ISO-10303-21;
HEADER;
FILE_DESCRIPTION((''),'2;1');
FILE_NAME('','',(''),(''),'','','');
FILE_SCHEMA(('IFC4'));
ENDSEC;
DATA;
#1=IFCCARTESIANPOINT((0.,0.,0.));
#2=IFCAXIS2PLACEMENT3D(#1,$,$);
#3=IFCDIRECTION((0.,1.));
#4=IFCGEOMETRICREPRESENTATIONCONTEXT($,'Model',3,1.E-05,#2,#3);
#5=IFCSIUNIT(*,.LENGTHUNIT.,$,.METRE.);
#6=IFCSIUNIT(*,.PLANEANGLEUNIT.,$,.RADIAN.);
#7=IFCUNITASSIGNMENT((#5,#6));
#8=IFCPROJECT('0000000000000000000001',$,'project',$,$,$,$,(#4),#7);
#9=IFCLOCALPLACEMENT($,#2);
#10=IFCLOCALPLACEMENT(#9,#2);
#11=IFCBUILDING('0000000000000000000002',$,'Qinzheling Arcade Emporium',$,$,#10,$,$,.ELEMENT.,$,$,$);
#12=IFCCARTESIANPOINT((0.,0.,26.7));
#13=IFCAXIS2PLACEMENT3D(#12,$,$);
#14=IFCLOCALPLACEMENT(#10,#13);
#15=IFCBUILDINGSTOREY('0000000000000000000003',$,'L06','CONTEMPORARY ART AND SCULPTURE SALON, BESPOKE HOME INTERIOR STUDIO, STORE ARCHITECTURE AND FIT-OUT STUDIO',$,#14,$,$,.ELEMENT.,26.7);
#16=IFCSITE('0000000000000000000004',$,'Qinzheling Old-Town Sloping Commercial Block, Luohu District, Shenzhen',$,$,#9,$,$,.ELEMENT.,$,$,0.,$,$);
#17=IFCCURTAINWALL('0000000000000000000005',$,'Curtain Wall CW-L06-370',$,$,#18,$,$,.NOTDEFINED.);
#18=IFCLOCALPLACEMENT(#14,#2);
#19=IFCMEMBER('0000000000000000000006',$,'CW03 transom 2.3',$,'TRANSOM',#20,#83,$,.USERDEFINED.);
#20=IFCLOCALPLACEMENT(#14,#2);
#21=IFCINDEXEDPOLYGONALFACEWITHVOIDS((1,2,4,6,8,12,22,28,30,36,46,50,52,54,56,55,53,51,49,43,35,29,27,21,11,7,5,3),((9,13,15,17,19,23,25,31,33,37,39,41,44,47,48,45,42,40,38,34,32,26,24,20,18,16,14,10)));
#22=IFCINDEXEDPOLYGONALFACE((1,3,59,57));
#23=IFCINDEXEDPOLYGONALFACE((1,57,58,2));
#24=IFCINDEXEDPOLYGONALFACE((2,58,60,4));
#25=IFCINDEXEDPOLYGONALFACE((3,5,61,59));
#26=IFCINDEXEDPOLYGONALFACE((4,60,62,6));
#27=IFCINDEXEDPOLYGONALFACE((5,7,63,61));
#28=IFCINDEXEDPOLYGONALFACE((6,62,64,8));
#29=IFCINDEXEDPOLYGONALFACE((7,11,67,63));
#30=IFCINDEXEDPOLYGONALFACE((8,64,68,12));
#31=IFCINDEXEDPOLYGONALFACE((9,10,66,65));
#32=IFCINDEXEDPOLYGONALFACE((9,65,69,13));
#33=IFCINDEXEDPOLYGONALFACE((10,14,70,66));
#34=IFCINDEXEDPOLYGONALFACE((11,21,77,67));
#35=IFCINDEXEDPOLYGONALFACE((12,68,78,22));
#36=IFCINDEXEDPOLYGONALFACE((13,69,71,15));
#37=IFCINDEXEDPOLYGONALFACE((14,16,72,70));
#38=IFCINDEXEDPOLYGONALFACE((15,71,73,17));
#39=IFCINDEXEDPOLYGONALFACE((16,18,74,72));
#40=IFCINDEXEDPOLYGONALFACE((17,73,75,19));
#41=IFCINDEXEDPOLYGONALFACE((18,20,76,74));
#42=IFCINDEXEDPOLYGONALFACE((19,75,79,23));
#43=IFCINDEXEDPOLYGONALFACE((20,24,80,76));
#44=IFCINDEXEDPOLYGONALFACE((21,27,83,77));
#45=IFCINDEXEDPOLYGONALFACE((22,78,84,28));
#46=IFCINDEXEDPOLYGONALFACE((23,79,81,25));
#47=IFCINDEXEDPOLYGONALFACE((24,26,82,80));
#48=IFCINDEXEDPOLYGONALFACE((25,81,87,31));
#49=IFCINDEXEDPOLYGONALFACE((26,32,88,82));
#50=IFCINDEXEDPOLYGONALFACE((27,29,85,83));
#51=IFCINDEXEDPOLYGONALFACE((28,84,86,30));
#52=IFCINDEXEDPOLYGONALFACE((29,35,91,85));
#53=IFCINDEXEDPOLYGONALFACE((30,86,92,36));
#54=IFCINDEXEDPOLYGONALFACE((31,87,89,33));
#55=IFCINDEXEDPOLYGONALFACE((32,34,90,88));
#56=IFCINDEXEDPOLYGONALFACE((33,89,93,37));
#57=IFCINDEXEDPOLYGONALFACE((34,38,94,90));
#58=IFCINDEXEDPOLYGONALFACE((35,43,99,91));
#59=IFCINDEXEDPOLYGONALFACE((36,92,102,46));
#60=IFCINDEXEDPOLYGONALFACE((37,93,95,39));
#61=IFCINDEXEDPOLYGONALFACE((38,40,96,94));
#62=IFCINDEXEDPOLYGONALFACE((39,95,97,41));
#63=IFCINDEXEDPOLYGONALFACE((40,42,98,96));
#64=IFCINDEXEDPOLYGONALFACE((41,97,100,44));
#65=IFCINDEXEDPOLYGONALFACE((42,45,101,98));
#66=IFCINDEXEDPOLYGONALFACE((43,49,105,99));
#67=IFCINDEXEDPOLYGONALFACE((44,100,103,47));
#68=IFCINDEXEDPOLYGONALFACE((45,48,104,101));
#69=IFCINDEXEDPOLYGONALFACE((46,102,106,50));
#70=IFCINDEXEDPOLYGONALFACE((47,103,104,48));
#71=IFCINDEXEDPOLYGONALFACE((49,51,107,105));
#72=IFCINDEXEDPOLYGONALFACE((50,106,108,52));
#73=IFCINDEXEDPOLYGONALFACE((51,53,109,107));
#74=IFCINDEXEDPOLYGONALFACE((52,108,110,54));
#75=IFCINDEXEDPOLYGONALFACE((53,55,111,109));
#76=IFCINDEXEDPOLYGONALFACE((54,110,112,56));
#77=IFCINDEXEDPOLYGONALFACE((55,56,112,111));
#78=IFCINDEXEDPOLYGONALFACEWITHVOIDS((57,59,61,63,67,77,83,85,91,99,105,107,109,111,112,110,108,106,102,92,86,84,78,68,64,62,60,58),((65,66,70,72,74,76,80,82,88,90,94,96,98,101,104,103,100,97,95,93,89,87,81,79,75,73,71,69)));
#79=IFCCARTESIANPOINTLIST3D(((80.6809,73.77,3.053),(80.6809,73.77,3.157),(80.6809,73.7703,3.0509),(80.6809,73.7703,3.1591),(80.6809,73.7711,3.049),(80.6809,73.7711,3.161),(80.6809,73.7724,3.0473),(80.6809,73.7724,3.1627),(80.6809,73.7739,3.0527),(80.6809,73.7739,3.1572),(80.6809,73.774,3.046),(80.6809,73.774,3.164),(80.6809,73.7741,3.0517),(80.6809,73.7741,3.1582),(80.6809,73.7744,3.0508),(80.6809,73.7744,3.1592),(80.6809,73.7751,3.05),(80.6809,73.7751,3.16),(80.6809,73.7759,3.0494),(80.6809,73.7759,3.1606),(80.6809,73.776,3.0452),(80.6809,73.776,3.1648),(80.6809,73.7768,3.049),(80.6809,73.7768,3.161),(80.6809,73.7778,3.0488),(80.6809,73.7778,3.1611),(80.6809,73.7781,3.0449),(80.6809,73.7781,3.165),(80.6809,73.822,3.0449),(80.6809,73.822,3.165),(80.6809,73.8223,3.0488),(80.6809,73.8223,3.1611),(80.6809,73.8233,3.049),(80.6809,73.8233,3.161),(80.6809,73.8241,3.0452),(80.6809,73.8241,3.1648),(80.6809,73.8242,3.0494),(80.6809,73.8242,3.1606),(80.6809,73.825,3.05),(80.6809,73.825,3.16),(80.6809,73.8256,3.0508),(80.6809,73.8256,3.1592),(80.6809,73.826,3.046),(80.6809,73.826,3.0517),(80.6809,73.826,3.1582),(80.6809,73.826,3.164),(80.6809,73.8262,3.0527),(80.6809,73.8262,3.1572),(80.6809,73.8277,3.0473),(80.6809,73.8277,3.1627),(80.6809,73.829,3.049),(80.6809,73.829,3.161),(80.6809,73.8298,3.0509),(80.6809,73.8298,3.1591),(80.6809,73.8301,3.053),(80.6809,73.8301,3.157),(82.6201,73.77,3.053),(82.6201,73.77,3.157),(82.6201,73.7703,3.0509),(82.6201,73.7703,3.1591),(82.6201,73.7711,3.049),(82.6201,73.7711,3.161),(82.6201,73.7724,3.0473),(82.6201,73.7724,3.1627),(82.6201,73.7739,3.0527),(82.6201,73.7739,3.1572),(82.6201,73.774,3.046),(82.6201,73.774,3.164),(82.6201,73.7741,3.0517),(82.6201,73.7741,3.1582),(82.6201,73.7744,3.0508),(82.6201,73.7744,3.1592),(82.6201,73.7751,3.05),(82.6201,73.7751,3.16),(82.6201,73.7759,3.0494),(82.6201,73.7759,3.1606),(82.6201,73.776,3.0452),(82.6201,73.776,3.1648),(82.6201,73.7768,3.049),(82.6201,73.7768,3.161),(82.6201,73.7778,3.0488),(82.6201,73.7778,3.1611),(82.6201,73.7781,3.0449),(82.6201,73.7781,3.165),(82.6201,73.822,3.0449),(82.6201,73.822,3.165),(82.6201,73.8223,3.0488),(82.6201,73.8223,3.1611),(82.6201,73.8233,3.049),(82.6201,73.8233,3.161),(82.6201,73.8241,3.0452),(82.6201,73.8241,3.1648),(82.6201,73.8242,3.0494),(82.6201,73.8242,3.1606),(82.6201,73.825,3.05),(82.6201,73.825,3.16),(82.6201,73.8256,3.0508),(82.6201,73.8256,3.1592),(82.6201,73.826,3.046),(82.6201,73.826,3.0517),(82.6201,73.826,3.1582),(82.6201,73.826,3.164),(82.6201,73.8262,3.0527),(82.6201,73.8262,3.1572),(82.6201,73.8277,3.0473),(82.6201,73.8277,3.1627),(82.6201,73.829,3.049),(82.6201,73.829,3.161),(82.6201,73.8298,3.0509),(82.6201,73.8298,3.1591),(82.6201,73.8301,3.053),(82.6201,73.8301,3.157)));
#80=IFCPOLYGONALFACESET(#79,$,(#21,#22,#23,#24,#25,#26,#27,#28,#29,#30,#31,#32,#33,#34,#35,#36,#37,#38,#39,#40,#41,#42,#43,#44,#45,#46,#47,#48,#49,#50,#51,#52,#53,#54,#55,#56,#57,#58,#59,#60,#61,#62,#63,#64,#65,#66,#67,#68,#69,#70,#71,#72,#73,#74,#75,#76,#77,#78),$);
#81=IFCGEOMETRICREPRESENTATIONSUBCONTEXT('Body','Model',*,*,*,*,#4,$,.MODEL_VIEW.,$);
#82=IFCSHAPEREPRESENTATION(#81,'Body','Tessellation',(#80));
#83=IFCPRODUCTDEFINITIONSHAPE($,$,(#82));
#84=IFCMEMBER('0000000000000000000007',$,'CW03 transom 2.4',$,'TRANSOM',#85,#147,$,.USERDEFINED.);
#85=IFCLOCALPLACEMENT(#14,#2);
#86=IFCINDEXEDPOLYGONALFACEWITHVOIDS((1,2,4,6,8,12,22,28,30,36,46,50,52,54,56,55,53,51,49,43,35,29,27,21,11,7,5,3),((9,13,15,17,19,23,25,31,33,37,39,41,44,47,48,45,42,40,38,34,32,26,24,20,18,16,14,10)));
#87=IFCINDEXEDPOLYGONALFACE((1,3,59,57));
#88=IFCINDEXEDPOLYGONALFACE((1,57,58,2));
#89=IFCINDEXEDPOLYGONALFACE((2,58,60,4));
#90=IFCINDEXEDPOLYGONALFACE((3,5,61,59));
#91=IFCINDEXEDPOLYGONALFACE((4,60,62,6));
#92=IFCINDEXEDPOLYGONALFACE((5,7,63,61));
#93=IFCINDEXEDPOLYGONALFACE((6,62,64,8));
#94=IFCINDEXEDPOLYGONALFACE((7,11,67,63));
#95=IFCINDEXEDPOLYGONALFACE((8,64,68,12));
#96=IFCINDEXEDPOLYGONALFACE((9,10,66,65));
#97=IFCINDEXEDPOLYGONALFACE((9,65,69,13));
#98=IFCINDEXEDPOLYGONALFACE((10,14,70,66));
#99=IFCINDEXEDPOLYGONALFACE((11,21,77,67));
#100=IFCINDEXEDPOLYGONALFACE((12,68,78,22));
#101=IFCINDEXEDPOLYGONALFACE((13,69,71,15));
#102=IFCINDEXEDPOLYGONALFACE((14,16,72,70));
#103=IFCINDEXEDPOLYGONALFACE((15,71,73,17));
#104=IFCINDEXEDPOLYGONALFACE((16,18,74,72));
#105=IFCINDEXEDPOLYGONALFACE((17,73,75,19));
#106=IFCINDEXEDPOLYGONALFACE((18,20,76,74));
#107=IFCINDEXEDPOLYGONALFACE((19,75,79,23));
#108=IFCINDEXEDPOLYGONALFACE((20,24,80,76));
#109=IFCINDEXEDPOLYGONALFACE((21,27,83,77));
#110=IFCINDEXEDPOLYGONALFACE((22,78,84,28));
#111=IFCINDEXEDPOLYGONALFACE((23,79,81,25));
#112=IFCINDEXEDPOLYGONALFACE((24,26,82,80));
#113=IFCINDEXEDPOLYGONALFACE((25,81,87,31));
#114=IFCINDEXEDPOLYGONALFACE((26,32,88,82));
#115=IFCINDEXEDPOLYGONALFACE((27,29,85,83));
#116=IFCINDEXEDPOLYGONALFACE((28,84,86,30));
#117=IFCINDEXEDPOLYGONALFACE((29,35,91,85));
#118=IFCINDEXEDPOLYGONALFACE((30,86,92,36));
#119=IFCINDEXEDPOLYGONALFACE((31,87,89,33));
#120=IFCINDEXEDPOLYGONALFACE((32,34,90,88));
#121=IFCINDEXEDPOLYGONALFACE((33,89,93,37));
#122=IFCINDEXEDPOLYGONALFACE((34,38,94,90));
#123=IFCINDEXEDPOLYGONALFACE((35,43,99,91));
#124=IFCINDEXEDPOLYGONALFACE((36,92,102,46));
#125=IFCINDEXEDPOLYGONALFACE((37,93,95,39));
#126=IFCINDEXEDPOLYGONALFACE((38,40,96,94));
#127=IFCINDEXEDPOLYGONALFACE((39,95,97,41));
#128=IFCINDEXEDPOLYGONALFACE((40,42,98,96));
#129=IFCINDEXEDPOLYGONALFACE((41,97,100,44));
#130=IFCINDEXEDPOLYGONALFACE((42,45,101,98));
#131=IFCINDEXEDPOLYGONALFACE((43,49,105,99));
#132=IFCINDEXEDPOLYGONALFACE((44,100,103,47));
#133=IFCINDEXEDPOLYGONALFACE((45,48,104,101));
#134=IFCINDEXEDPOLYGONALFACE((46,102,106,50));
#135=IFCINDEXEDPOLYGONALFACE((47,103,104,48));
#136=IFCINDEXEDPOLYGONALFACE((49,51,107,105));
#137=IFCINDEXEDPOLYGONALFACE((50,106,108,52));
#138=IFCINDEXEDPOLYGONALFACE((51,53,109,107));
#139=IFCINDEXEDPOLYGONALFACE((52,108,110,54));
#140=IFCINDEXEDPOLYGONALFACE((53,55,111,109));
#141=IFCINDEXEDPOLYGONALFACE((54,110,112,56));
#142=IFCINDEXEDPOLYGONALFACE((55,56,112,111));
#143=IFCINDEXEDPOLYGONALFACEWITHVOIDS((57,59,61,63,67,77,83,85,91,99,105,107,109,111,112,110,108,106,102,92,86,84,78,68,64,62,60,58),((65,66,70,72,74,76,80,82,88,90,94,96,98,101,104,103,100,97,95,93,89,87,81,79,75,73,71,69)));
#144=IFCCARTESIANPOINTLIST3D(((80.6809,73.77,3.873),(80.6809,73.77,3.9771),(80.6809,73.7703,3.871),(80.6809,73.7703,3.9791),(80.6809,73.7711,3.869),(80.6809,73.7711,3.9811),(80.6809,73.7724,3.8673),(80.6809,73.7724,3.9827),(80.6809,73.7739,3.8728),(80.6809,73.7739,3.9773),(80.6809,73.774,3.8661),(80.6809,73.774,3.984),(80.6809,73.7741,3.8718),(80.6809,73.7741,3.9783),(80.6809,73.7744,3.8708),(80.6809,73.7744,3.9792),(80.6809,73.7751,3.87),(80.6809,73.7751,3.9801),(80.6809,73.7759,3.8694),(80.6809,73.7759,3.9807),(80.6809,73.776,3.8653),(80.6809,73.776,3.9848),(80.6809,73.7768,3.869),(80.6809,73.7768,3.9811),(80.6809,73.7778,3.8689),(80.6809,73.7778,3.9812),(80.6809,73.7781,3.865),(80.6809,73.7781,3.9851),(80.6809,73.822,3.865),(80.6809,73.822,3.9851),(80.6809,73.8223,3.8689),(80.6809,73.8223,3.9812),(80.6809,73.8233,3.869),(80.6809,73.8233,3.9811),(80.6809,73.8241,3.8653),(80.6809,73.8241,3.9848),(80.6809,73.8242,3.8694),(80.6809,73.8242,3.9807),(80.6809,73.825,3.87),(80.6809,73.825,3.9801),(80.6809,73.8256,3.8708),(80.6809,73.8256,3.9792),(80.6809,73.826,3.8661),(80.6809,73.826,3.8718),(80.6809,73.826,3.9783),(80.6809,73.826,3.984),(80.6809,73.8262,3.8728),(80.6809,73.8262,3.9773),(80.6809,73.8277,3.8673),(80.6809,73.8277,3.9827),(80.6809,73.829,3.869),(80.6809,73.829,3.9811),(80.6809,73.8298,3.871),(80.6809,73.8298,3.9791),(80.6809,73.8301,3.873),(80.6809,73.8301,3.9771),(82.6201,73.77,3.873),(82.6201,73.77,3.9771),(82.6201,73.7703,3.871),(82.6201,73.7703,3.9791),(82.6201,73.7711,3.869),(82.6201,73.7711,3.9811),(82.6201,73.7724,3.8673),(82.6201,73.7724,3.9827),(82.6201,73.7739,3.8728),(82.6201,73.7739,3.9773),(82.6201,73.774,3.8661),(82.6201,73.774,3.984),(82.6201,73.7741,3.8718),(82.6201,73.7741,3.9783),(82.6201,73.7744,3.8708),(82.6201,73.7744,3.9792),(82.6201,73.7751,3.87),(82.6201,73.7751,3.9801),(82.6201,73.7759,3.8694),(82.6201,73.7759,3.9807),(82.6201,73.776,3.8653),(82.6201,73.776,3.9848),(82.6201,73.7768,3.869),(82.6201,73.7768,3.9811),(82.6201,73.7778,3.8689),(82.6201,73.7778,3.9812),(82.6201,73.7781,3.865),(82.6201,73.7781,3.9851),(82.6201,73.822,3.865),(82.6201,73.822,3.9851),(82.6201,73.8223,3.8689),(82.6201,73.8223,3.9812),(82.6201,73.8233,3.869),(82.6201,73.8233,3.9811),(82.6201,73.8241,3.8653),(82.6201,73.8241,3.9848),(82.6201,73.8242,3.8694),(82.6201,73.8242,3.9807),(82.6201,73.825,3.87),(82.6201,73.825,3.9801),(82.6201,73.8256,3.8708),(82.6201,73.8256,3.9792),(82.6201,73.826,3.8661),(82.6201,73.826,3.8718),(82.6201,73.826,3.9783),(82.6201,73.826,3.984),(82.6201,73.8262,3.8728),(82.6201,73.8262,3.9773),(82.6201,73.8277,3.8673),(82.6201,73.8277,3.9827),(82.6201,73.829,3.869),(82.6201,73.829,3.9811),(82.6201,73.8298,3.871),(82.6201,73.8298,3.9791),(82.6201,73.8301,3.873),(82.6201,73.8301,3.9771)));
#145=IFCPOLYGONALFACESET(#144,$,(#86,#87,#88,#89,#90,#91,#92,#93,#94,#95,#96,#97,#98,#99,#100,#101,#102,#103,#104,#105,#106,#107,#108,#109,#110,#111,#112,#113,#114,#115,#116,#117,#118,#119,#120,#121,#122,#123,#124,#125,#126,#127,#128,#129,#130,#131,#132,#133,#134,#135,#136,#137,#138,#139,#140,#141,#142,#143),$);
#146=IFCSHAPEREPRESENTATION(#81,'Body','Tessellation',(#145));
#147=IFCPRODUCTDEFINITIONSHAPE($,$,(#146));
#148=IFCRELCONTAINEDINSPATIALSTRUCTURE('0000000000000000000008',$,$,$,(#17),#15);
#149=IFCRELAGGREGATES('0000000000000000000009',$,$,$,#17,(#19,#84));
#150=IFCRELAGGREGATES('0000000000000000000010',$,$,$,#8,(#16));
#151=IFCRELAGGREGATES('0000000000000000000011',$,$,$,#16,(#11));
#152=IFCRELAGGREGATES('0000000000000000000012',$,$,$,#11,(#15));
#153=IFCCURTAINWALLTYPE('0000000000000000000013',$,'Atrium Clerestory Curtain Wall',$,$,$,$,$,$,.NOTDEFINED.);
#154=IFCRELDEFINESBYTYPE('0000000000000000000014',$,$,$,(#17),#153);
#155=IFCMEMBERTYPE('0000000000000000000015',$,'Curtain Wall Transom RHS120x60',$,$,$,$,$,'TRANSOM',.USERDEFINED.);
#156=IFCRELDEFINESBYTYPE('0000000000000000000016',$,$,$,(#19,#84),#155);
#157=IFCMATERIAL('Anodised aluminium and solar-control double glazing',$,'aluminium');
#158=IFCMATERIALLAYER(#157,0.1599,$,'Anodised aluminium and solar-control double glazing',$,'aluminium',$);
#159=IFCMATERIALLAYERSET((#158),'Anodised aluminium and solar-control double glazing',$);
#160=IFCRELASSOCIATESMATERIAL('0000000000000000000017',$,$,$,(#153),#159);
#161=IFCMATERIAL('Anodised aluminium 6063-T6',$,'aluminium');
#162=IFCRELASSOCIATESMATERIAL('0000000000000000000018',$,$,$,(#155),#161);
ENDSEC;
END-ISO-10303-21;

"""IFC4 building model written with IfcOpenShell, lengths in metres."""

from ifc_helpers import new_model, si_unit, direction, frame, origin, origin_2d, place, context, subcontext, project, spatial, hollow_rectangle, extrude, material, layer, layer_set, material_profile, profile_set, type_object, element, aggregate, save


model = new_model("IFC4")

# Units and contexts
model_context = context("Model", 3, precision=1e-05, world=origin(), true_north=direction((0.0, 1.0)))
body_context = subcontext(model_context, "Body", "Model", "MODEL_VIEW")
ifc_project = project(units=[si_unit("LENGTHUNIT", "METRE"), si_unit("PLANEANGLEUNIT", "RADIAN")], contexts=[model_context])

# Site, building, storey
site_placement = place(None, origin())
site = spatial("IfcSite", under=ifc_project, at=site_placement, Name="Qinzheling Old-Town Sloping Commercial Block, Luohu District, Shenzhen", CompositionType="ELEMENT", RefElevation=0.0)
building_placement = place(site_placement, origin())
building = spatial("IfcBuilding", under=site, at=building_placement, Name="Qinzheling Arcade Emporium", CompositionType="ELEMENT")
storey_placement = place(building_placement, frame((0.0, 0.0, 26.7)))
storey = spatial("IfcBuildingStorey", under=building, at=storey_placement, Name="L06", Description="CONTEMPORARY ART AND SCULPTURE SALON, BESPOKE HOME INTERIOR STUDIO, STORE ARCHITECTURE AND FIT-OUT STUDIO", CompositionType="ELEMENT", Elevation=26.7)

# Curtain wall, members
ifc_material_1 = material(Name="Anodised aluminium and solar-control double glazing", Category="aluminium")
ifc_layer_1 = layer(ifc_material_1, 0.1599, Name="Anodised aluminium and solar-control double glazing", Category="aluminium")
ifc_layer_set_1 = layer_set([ifc_layer_1], Name="Anodised aluminium and solar-control double glazing")
curtain_wall_type = type_object("IfcCurtainWallType", Name="Atrium Clerestory Curtain Wall", PredefinedType="NOTDEFINED", material=ifc_layer_set_1)
curtain_wall_placement = place(storey_placement, origin())
curtain_wall = element("IfcCurtainWall", 1, at=curtain_wall_placement, inside=storey, type_object=curtain_wall_type, Name="Curtain Wall CW-L06-370", PredefinedType="NOTDEFINED")
ifc_material_2 = material(Name="Anodised aluminium 6063-T6", Category="aluminium")
ifc_material_profile_1 = material_profile(ifc_material_2, hollow_rectangle(XDim=0.0601, YDim=0.1201, WallThickness=0.0039, InnerFilletRadius=0.0039, OuterFilletRadius=0.0081, at=origin_2d()), Name="RHS 120x60x4", Category="aluminium")
ifc_profile_set_1 = profile_set([ifc_material_profile_1], Name="Anodised aluminium 6063-T6")
member_type_1 = type_object("IfcMemberType", Name="Curtain Wall Transom RHS120x60", ElementType="TRANSOM", PredefinedType="USERDEFINED", material=ifc_profile_set_1)
member_1_placement = place(storey_placement, frame((80.6809, 73.8, 3.105), z_axis=(1.0, 0.0, 0.0), x_axis=(0.0, 1.0, 0.0)))
member_1 = element("IfcMember", 2, at=member_1_placement, type_object=member_type_1, Name="CW03 transom 2.3", ObjectType="TRANSOM", PredefinedType="USERDEFINED", context=body_context, shape_type="SweptSolid", body=[
    extrude(hollow_rectangle(XDim=0.0601, YDim=0.1201, WallThickness=0.0039, InnerFilletRadius=0.0039, OuterFilletRadius=0.0081, at=origin_2d()), origin(), (0.0, 0.0, 1.0), 1.9392),
])
member_2_placement = place(storey_placement, frame((80.6809, 73.8, 3.925), z_axis=(1.0, 0.0, 0.0), x_axis=(0.0, 1.0, 0.0)))
member_2 = element("IfcMember", 3, at=member_2_placement, type_object=member_type_1, Name="CW03 transom 2.4", ObjectType="TRANSOM", PredefinedType="USERDEFINED", context=body_context, shape_type="SweptSolid", body=[
    extrude(hollow_rectangle(XDim=0.0601, YDim=0.1201, WallThickness=0.0039, InnerFilletRadius=0.0039, OuterFilletRadius=0.0081, at=origin_2d()), origin(), (0.0, 0.0, 1.0), 1.9392),
])

aggregate(curtain_wall, [member_1, member_2])

save(model, "model.ifc")
